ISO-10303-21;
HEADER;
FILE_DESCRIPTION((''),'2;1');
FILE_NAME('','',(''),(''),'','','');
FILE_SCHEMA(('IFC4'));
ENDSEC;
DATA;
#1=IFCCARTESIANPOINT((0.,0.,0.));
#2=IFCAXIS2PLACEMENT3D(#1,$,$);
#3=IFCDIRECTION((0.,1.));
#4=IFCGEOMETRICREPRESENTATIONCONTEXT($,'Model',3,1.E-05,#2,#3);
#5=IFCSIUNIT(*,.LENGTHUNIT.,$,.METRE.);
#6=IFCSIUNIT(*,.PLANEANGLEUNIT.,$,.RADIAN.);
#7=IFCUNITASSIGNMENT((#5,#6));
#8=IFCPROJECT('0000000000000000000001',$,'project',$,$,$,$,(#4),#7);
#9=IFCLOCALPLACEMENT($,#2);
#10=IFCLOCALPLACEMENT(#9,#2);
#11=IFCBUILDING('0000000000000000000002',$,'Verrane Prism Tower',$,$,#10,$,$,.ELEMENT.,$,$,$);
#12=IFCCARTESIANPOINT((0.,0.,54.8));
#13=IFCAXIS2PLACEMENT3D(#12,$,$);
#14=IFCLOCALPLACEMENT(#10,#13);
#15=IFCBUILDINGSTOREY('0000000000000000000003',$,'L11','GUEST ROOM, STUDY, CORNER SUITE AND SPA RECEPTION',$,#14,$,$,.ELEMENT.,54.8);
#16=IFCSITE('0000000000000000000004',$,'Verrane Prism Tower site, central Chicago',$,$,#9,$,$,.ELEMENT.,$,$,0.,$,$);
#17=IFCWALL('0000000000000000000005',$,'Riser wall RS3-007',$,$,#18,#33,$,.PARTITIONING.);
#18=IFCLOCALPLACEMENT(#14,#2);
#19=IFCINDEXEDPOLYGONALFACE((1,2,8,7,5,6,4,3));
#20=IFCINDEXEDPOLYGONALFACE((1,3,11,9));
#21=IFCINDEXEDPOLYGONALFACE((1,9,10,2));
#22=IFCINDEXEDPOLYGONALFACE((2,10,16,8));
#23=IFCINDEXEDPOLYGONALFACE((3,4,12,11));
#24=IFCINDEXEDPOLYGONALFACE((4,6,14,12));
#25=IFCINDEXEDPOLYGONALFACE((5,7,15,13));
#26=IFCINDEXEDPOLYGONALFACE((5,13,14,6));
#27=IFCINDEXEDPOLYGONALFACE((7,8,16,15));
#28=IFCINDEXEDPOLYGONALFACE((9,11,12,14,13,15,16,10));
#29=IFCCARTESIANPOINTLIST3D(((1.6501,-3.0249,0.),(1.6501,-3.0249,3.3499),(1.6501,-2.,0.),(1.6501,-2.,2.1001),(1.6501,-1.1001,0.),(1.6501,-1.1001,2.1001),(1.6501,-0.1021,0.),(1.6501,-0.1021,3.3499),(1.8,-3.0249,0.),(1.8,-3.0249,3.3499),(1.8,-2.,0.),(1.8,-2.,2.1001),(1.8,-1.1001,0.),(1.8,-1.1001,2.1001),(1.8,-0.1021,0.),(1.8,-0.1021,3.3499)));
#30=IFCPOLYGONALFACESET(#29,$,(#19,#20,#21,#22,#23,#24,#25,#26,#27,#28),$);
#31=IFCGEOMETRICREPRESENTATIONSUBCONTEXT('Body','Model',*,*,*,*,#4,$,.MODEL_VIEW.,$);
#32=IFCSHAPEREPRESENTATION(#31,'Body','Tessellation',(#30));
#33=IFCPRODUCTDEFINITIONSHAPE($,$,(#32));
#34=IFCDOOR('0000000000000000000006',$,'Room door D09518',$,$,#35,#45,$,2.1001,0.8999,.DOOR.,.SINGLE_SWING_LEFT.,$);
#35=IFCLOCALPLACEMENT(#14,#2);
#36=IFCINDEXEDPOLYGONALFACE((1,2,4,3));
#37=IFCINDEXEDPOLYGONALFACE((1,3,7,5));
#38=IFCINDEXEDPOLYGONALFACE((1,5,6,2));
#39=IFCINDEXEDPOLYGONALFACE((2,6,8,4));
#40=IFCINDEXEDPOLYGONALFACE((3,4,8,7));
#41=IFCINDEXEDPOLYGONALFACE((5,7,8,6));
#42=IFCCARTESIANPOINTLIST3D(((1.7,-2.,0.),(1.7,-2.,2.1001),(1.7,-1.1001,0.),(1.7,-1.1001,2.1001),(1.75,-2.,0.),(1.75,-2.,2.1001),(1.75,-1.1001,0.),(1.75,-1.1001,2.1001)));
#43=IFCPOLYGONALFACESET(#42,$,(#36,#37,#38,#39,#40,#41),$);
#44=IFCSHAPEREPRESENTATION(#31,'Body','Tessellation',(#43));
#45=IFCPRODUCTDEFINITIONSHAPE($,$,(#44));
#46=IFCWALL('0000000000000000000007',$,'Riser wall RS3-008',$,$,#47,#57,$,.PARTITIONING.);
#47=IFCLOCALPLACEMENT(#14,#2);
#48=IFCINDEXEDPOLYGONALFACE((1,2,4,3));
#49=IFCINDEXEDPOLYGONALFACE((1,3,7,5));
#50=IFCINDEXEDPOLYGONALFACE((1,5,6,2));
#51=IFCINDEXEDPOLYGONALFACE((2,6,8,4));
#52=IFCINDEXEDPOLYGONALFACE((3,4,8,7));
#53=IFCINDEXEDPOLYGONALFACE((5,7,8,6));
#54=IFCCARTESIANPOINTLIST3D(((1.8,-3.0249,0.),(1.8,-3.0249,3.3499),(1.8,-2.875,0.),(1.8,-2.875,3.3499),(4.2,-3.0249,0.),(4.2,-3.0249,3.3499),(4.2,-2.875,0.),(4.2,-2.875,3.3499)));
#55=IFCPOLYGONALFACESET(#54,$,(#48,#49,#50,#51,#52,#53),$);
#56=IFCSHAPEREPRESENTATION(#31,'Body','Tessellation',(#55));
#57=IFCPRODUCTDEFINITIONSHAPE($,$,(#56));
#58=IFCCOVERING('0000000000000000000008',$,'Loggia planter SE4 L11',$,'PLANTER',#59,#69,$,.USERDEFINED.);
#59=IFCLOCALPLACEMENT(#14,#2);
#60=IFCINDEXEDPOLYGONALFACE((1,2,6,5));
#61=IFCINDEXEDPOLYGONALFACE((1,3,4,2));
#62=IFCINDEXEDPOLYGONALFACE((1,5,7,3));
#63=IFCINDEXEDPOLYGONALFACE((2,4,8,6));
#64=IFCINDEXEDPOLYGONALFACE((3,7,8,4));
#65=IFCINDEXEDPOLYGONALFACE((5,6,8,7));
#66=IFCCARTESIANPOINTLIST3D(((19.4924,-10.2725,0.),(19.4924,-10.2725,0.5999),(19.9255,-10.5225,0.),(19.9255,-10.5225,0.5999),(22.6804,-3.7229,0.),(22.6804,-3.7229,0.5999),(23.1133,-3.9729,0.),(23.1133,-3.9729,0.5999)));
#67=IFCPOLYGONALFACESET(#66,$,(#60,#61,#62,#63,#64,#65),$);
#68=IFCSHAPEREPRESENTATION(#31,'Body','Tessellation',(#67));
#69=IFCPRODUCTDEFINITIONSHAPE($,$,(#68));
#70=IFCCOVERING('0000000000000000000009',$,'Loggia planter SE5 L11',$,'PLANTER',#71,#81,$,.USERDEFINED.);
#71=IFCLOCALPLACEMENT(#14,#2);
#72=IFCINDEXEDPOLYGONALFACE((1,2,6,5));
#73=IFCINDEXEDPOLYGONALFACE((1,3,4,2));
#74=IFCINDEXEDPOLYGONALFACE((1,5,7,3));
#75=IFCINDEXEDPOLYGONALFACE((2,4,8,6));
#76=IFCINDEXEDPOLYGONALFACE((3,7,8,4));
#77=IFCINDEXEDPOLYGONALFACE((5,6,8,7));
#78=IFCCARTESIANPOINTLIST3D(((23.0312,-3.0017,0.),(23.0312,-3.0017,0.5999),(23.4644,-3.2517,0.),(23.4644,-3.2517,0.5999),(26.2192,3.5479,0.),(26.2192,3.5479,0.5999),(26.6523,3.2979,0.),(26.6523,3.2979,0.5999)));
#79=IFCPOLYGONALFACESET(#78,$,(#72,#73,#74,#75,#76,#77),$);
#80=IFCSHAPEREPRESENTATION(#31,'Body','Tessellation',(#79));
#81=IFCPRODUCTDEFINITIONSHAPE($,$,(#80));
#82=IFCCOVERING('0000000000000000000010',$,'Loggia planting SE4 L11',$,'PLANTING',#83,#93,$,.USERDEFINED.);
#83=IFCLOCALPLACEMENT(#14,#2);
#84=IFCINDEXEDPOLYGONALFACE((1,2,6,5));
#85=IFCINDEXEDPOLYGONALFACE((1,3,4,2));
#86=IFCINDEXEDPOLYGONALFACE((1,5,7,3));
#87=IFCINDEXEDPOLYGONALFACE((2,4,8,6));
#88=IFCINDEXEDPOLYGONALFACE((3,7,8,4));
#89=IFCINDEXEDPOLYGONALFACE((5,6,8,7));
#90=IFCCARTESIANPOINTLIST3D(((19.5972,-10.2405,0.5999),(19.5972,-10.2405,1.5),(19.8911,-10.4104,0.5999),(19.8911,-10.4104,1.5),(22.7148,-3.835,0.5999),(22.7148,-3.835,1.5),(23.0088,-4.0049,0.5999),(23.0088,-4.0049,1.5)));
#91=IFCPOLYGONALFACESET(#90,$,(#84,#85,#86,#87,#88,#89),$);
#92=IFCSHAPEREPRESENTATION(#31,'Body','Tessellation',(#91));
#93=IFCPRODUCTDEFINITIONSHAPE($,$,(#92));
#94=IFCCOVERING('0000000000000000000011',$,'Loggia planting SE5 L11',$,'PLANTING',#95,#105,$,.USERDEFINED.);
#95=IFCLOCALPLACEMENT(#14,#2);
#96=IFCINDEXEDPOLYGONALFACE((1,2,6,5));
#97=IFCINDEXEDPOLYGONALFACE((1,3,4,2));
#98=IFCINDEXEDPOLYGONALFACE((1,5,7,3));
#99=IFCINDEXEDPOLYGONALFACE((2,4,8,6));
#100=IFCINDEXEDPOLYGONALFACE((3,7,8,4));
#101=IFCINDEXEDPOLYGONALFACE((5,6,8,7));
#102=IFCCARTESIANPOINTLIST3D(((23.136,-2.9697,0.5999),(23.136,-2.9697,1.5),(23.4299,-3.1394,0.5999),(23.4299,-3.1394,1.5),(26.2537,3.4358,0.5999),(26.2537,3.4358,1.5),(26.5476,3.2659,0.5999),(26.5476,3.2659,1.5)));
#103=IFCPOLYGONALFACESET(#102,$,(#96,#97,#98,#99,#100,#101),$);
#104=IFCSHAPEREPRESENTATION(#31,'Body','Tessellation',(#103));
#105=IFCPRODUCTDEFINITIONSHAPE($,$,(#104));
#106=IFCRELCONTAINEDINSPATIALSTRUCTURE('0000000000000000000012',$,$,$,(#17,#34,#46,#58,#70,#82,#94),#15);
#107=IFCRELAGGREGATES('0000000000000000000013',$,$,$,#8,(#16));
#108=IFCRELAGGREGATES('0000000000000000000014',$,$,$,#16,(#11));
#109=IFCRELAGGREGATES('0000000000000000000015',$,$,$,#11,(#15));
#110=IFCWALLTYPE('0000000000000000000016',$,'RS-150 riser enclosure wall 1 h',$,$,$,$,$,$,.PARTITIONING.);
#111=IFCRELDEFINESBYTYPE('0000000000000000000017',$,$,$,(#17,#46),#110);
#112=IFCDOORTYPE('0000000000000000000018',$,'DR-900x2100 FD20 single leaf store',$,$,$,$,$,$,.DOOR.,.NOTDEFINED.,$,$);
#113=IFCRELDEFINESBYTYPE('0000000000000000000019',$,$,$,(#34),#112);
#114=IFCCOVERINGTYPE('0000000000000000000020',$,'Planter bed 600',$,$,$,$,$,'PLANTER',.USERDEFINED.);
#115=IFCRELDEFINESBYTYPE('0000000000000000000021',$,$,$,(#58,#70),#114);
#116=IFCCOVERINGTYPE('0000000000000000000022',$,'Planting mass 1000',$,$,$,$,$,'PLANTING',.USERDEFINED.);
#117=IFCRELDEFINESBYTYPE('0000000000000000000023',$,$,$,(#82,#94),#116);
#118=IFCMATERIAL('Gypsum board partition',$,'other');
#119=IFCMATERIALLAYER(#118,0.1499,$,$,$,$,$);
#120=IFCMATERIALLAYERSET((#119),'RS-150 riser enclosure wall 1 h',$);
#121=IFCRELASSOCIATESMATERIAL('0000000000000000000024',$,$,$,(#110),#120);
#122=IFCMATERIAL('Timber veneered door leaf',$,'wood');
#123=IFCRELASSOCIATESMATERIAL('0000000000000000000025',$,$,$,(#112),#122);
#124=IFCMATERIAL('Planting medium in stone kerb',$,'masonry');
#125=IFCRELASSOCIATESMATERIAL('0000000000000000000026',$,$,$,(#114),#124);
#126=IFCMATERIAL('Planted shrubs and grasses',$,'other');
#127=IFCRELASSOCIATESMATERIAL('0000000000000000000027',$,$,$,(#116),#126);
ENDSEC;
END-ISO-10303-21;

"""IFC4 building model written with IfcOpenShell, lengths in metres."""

from ifc_helpers import new_model, si_unit, direction, frame, frame_2d, origin, place, context, subcontext, project, spatial, polyline, rectangle, outline, extrude, material, layer, layer_set, type_object, element, fill, save


model = new_model("IFC4")

# Units and contexts
model_context = context("Model", 3, precision=1e-05, world=origin(), true_north=direction((0.0, 1.0)))
body_context = subcontext(model_context, "Body", "Model", "MODEL_VIEW")
ifc_project = project(units=[si_unit("LENGTHUNIT", "METRE"), si_unit("PLANEANGLEUNIT", "RADIAN")], contexts=[model_context])

# Site, building, storey
site_placement = place(None, origin())
site = spatial("IfcSite", under=ifc_project, at=site_placement, Name="Verrane Prism Tower site, central Chicago", CompositionType="ELEMENT", RefElevation=0.0)
building_placement = place(site_placement, origin())
building = spatial("IfcBuilding", under=site, at=building_placement, Name="Verrane Prism Tower", CompositionType="ELEMENT")
storey_placement = place(building_placement, frame((0.0, 0.0, 54.8)))
storey = spatial("IfcBuildingStorey", under=building, at=storey_placement, Name="L11", Description="GUEST ROOM, STUDY, CORNER SUITE AND SPA RECEPTION", CompositionType="ELEMENT", Elevation=54.8)

# Wall, opening, door
ifc_material_1 = material(Name="Gypsum board partition", Category="other")
ifc_layer_1 = layer(ifc_material_1, 0.1499)
ifc_layer_set_1 = layer_set([ifc_layer_1], Name="RS-150 riser enclosure wall 1 h")
wall_type_1 = type_object("IfcWallType", Name="RS-150 riser enclosure wall 1 h", PredefinedType="PARTITIONING", material=ifc_layer_set_1)
wall_1_placement = place(storey_placement, frame((1.7251, -0.1021, 0.0), z_axis=(0.0, 0.0, 1.0), x_axis=(0.0, -1.0, 0.0)))
wall_1 = element("IfcWall", 1, at=wall_1_placement, inside=storey, type_object=wall_type_1, Name="Riser wall RS3-007", PredefinedType="PARTITIONING", context=body_context, shape_type="SweptSolid", body=[
    extrude(rectangle(XDim=2.9229, YDim=0.1499, at=frame_2d((1.4614, 0.0))), origin(), (0.0, 0.0, 1.0), 3.3499),
])
opening_placement = place(wall_1_placement, frame((0.998, 0.0, 0.0)))
opening = element("IfcOpeningElement", 2, at=opening_placement, cuts=wall_1, PredefinedType="OPENING", context=body_context, shape_type="SweptSolid", body=[
    extrude(rectangle(XDim=0.8999, YDim=2.1001, at=frame_2d((0.45, 1.05))), frame((0.0, 0.085, 0.0), z_axis=(0.0, -1.0, 0.0), x_axis=(1.0, 0.0, 0.0)), (0.0, 0.0, 1.0), 0.1699),
])
ifc_material_2 = material(Name="Timber veneered door leaf", Category="wood")
door_type = type_object("IfcDoorType", Name="DR-900x2100 FD20 single leaf store", OperationType="NOTDEFINED", PredefinedType="DOOR", material=ifc_material_2)
door_placement = place(opening_placement, origin())
door = element("IfcDoor", 3, at=door_placement, inside=storey, type_object=door_type, Name="Room door D09518", OperationType="SINGLE_SWING_LEFT", OverallHeight=2.1001, OverallWidth=0.8999, PredefinedType="DOOR", context=body_context, shape_type="SweptSolid", body=[
    extrude(rectangle(XDim=0.8999, YDim=2.1001, at=frame_2d((0.45, 1.05))), frame((0.0, 0.0249, 0.0), z_axis=(0.0, -1.0, 0.0), x_axis=(1.0, 0.0, 0.0)), (0.0, 0.0, 1.0), 0.05),
])
fill(opening, door)

# Wall
wall_2_placement = place(storey_placement, frame((1.8, -2.95, 0.0), z_axis=(0.0, 0.0, 1.0), x_axis=(1.0, 0.0, 0.0)))
element("IfcWall", 4, at=wall_2_placement, inside=storey, type_object=wall_type_1, Name="Riser wall RS3-008", PredefinedType="PARTITIONING", context=body_context, shape_type="SweptSolid", body=[
    extrude(rectangle(XDim=2.3999, YDim=0.1499, at=frame_2d((1.2, 0.0))), origin(), (0.0, 0.0, 1.0), 3.3499),
])

# Coverings
ifc_material_3 = material(Name="Planting medium in stone kerb", Category="masonry")
covering_type_1 = type_object("IfcCoveringType", Name="Planter bed 600", ElementType="PLANTER", PredefinedType="USERDEFINED", material=ifc_material_3)
covering_1_placement = place(storey_placement, origin())
element("IfcCovering", 5, at=covering_1_placement, inside=storey, type_object=covering_type_1, Name="Loggia planter SE4 L11", ObjectType="PLANTER", PredefinedType="USERDEFINED", context=body_context, shape_type="SweptSolid", body=[
    extrude(outline(polyline([(19.9255, -10.5225), (23.1133, -3.9729), (22.6804, -3.7229), (19.4924, -10.2725), (19.9255, -10.5225)])), origin(), (0.0, 0.0, 1.0), 0.5999),
])
covering_2_placement = place(storey_placement, origin())
element("IfcCovering", 6, at=covering_2_placement, inside=storey, type_object=covering_type_1, Name="Loggia planter SE5 L11", ObjectType="PLANTER", PredefinedType="USERDEFINED", context=body_context, shape_type="SweptSolid", body=[
    extrude(outline(polyline([(23.4644, -3.2517), (26.6523, 3.2979), (26.2192, 3.5479), (23.0312, -3.0017), (23.4644, -3.2517)])), origin(), (0.0, 0.0, 1.0), 0.5999),
])
ifc_material_4 = material(Name="Planted shrubs and grasses", Category="other")
covering_type_2 = type_object("IfcCoveringType", Name="Planting mass 1000", ElementType="PLANTING", PredefinedType="USERDEFINED", material=ifc_material_4)
covering_3_placement = place(storey_placement, frame((0.0, 0.0, 0.5999)))
element("IfcCovering", 7, at=covering_3_placement, inside=storey, type_object=covering_type_2, Name="Loggia planting SE4 L11", ObjectType="PLANTING", PredefinedType="USERDEFINED", context=body_context, shape_type="SweptSolid", body=[
    extrude(outline(polyline([(23.0088, -4.0049), (22.7148, -3.835), (19.5972, -10.2405), (19.8911, -10.4104), (23.0088, -4.0049)])), origin(), (0.0, 0.0, 1.0), 0.9001),
])
covering_4_placement = place(storey_placement, frame((0.0, 0.0, 0.5999)))
element("IfcCovering", 8, at=covering_4_placement, inside=storey, type_object=covering_type_2, Name="Loggia planting SE5 L11", ObjectType="PLANTING", PredefinedType="USERDEFINED", context=body_context, shape_type="SweptSolid", body=[
    extrude(outline(polyline([(26.5476, 3.2659), (26.2537, 3.4358), (23.136, -2.9697), (23.4299, -3.1394), (26.5476, 3.2659)])), origin(), (0.0, 0.0, 1.0), 0.9001),
])

save(model, "model.ifc")
